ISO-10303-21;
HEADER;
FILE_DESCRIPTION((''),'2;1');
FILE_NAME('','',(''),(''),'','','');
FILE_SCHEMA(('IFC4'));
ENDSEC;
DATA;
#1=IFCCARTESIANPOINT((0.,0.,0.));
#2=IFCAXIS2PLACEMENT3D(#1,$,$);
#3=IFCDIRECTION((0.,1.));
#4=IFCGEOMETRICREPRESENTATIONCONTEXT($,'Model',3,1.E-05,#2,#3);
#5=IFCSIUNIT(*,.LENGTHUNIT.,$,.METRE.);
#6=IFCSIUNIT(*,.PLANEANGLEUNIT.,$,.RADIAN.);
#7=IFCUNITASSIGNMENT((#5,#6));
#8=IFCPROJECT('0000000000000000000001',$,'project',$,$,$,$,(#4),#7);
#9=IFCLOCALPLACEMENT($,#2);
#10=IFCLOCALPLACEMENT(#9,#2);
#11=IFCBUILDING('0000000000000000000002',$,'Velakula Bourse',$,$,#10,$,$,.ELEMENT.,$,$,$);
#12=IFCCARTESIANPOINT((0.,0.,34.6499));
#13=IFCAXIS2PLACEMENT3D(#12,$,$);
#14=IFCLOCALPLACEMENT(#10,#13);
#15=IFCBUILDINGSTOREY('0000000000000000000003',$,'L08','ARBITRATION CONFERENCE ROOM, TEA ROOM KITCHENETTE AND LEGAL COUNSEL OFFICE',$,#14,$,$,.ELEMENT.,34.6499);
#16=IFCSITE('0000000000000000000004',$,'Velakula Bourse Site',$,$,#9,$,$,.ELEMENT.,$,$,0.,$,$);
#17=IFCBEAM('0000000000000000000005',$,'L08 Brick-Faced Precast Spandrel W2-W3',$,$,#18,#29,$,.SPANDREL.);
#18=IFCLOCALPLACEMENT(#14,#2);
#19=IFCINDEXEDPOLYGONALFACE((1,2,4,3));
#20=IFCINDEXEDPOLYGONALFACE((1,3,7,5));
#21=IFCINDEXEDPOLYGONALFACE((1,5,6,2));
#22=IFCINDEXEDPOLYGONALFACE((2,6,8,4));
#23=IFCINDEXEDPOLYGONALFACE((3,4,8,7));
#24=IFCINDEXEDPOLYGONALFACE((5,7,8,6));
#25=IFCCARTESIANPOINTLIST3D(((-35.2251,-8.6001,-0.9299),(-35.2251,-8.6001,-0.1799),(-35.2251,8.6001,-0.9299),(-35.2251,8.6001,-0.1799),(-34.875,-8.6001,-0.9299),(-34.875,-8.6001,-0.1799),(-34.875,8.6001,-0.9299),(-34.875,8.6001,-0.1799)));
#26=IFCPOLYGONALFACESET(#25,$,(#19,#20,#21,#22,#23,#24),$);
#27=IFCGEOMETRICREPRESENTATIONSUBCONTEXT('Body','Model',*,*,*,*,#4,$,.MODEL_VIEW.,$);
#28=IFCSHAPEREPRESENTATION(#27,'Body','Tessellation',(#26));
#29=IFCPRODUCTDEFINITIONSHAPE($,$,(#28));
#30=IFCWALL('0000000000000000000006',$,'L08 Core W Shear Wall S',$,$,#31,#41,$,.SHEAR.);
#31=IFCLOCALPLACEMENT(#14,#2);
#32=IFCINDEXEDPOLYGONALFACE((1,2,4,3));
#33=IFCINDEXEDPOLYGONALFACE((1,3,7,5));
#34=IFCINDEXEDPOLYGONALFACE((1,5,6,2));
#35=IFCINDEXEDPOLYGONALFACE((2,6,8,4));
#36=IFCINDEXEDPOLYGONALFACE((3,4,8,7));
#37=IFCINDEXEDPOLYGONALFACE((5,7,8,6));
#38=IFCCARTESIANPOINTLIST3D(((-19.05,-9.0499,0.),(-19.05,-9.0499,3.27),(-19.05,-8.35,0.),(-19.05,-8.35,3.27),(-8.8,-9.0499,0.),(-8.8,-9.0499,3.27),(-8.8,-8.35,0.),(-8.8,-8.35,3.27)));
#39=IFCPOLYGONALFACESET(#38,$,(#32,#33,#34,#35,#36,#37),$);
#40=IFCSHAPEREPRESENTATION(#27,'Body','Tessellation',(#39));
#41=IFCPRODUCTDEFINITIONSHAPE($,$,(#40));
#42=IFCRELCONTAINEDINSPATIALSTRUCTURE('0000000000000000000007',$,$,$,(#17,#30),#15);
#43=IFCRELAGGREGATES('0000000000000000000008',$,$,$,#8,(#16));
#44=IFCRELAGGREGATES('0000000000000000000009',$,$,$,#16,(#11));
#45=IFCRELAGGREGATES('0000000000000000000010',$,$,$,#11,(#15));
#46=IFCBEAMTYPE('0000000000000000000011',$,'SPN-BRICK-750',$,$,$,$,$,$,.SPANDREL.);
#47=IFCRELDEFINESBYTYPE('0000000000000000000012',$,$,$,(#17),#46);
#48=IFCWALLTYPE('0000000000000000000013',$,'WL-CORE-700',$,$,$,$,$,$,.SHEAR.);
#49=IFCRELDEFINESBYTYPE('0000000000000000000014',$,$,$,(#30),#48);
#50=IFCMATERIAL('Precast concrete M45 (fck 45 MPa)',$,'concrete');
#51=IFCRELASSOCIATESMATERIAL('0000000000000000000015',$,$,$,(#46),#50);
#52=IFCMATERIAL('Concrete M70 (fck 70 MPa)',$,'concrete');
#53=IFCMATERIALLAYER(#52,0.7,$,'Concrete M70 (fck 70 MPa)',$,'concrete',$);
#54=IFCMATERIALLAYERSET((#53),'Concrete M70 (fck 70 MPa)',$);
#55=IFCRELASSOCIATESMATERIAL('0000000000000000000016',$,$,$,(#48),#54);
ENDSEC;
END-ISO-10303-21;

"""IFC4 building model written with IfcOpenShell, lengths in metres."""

from ifc_helpers import new_model, si_unit, direction, frame, frame_2d, origin, origin_2d, place, context, subcontext, project, spatial, rectangle, extrude, material, layer, layer_set, material_profile, profile_set, type_object, element, save


model = new_model("IFC4")

# Units and contexts
model_context = context("Model", 3, precision=1e-05, world=origin(), true_north=direction((0.0, 1.0)))
body_context = subcontext(model_context, "Body", "Model", "MODEL_VIEW")
ifc_project = project(units=[si_unit("LENGTHUNIT", "METRE"), si_unit("PLANEANGLEUNIT", "RADIAN")], contexts=[model_context])

# Site, building, storey
site_placement = place(None, origin())
site = spatial("IfcSite", under=ifc_project, at=site_placement, Name="Velakula Bourse Site", CompositionType="ELEMENT", RefElevation=0.0)
building_placement = place(site_placement, origin())
building = spatial("IfcBuilding", under=site, at=building_placement, Name="Velakula Bourse", CompositionType="ELEMENT")
storey_placement = place(building_placement, frame((0.0, 0.0, 34.6499)))
storey = spatial("IfcBuildingStorey", under=building, at=storey_placement, Name="L08", Description="ARBITRATION CONFERENCE ROOM, TEA ROOM KITCHENETTE AND LEGAL COUNSEL OFFICE", CompositionType="ELEMENT", Elevation=34.6499)

# Beam
ifc_material_1 = material(Name="Precast concrete M45 (fck 45 MPa)", Category="concrete")
ifc_material_profile_1 = material_profile(ifc_material_1, rectangle(XDim=0.3501, YDim=0.75, at=origin_2d()), Name="Precast concrete M45 (fck 45 MPa)")
ifc_profile_set_1 = profile_set([ifc_material_profile_1], Name="Precast concrete M45 (fck 45 MPa)")
beam_type_1 = type_object("IfcBeamType", Name="SPN-BRICK-750", PredefinedType="SPANDREL", material=ifc_profile_set_1)
beam_1_placement = place(storey_placement, frame((-35.05, -8.6001, -0.5549), z_axis=(0.0, 1.0, 0.0), x_axis=(-1.0, 0.0, 0.0)))
element("IfcBeam", 1, at=beam_1_placement, inside=storey, type_object=beam_type_1, Name="L08 Brick-Faced Precast Spandrel W2-W3", PredefinedType="SPANDREL", context=body_context, shape_type="SweptSolid", body=[
    extrude(rectangle(XDim=0.3501, YDim=0.75, at=origin_2d()), origin(), (0.0, 0.0, 1.0), 17.2002),
])

# Wall
ifc_material_2 = material(Name="Concrete M70 (fck 70 MPa)", Category="concrete")
ifc_layer_1 = layer(ifc_material_2, 0.7, Name="Concrete M70 (fck 70 MPa)", Category="concrete")
ifc_layer_set_1 = layer_set([ifc_layer_1], Name="Concrete M70 (fck 70 MPa)")
wall_type_1 = type_object("IfcWallType", Name="WL-CORE-700", PredefinedType="SHEAR", material=ifc_layer_set_1)
wall_1_placement = place(storey_placement, frame((-19.05, -8.7, 0.0), z_axis=(0.0, 0.0, 1.0), x_axis=(1.0, 0.0, 0.0)))
element("IfcWall", 2, at=wall_1_placement, inside=storey, type_object=wall_type_1, Name="L08 Core W Shear Wall S", PredefinedType="SHEAR", context=body_context, shape_type="SweptSolid", body=[
    extrude(rectangle(XDim=10.25, YDim=0.7, at=frame_2d((5.125, 0.0))), origin(), (0.0, 0.0, 1.0), 3.27),
])

save(model, "model.ifc")
